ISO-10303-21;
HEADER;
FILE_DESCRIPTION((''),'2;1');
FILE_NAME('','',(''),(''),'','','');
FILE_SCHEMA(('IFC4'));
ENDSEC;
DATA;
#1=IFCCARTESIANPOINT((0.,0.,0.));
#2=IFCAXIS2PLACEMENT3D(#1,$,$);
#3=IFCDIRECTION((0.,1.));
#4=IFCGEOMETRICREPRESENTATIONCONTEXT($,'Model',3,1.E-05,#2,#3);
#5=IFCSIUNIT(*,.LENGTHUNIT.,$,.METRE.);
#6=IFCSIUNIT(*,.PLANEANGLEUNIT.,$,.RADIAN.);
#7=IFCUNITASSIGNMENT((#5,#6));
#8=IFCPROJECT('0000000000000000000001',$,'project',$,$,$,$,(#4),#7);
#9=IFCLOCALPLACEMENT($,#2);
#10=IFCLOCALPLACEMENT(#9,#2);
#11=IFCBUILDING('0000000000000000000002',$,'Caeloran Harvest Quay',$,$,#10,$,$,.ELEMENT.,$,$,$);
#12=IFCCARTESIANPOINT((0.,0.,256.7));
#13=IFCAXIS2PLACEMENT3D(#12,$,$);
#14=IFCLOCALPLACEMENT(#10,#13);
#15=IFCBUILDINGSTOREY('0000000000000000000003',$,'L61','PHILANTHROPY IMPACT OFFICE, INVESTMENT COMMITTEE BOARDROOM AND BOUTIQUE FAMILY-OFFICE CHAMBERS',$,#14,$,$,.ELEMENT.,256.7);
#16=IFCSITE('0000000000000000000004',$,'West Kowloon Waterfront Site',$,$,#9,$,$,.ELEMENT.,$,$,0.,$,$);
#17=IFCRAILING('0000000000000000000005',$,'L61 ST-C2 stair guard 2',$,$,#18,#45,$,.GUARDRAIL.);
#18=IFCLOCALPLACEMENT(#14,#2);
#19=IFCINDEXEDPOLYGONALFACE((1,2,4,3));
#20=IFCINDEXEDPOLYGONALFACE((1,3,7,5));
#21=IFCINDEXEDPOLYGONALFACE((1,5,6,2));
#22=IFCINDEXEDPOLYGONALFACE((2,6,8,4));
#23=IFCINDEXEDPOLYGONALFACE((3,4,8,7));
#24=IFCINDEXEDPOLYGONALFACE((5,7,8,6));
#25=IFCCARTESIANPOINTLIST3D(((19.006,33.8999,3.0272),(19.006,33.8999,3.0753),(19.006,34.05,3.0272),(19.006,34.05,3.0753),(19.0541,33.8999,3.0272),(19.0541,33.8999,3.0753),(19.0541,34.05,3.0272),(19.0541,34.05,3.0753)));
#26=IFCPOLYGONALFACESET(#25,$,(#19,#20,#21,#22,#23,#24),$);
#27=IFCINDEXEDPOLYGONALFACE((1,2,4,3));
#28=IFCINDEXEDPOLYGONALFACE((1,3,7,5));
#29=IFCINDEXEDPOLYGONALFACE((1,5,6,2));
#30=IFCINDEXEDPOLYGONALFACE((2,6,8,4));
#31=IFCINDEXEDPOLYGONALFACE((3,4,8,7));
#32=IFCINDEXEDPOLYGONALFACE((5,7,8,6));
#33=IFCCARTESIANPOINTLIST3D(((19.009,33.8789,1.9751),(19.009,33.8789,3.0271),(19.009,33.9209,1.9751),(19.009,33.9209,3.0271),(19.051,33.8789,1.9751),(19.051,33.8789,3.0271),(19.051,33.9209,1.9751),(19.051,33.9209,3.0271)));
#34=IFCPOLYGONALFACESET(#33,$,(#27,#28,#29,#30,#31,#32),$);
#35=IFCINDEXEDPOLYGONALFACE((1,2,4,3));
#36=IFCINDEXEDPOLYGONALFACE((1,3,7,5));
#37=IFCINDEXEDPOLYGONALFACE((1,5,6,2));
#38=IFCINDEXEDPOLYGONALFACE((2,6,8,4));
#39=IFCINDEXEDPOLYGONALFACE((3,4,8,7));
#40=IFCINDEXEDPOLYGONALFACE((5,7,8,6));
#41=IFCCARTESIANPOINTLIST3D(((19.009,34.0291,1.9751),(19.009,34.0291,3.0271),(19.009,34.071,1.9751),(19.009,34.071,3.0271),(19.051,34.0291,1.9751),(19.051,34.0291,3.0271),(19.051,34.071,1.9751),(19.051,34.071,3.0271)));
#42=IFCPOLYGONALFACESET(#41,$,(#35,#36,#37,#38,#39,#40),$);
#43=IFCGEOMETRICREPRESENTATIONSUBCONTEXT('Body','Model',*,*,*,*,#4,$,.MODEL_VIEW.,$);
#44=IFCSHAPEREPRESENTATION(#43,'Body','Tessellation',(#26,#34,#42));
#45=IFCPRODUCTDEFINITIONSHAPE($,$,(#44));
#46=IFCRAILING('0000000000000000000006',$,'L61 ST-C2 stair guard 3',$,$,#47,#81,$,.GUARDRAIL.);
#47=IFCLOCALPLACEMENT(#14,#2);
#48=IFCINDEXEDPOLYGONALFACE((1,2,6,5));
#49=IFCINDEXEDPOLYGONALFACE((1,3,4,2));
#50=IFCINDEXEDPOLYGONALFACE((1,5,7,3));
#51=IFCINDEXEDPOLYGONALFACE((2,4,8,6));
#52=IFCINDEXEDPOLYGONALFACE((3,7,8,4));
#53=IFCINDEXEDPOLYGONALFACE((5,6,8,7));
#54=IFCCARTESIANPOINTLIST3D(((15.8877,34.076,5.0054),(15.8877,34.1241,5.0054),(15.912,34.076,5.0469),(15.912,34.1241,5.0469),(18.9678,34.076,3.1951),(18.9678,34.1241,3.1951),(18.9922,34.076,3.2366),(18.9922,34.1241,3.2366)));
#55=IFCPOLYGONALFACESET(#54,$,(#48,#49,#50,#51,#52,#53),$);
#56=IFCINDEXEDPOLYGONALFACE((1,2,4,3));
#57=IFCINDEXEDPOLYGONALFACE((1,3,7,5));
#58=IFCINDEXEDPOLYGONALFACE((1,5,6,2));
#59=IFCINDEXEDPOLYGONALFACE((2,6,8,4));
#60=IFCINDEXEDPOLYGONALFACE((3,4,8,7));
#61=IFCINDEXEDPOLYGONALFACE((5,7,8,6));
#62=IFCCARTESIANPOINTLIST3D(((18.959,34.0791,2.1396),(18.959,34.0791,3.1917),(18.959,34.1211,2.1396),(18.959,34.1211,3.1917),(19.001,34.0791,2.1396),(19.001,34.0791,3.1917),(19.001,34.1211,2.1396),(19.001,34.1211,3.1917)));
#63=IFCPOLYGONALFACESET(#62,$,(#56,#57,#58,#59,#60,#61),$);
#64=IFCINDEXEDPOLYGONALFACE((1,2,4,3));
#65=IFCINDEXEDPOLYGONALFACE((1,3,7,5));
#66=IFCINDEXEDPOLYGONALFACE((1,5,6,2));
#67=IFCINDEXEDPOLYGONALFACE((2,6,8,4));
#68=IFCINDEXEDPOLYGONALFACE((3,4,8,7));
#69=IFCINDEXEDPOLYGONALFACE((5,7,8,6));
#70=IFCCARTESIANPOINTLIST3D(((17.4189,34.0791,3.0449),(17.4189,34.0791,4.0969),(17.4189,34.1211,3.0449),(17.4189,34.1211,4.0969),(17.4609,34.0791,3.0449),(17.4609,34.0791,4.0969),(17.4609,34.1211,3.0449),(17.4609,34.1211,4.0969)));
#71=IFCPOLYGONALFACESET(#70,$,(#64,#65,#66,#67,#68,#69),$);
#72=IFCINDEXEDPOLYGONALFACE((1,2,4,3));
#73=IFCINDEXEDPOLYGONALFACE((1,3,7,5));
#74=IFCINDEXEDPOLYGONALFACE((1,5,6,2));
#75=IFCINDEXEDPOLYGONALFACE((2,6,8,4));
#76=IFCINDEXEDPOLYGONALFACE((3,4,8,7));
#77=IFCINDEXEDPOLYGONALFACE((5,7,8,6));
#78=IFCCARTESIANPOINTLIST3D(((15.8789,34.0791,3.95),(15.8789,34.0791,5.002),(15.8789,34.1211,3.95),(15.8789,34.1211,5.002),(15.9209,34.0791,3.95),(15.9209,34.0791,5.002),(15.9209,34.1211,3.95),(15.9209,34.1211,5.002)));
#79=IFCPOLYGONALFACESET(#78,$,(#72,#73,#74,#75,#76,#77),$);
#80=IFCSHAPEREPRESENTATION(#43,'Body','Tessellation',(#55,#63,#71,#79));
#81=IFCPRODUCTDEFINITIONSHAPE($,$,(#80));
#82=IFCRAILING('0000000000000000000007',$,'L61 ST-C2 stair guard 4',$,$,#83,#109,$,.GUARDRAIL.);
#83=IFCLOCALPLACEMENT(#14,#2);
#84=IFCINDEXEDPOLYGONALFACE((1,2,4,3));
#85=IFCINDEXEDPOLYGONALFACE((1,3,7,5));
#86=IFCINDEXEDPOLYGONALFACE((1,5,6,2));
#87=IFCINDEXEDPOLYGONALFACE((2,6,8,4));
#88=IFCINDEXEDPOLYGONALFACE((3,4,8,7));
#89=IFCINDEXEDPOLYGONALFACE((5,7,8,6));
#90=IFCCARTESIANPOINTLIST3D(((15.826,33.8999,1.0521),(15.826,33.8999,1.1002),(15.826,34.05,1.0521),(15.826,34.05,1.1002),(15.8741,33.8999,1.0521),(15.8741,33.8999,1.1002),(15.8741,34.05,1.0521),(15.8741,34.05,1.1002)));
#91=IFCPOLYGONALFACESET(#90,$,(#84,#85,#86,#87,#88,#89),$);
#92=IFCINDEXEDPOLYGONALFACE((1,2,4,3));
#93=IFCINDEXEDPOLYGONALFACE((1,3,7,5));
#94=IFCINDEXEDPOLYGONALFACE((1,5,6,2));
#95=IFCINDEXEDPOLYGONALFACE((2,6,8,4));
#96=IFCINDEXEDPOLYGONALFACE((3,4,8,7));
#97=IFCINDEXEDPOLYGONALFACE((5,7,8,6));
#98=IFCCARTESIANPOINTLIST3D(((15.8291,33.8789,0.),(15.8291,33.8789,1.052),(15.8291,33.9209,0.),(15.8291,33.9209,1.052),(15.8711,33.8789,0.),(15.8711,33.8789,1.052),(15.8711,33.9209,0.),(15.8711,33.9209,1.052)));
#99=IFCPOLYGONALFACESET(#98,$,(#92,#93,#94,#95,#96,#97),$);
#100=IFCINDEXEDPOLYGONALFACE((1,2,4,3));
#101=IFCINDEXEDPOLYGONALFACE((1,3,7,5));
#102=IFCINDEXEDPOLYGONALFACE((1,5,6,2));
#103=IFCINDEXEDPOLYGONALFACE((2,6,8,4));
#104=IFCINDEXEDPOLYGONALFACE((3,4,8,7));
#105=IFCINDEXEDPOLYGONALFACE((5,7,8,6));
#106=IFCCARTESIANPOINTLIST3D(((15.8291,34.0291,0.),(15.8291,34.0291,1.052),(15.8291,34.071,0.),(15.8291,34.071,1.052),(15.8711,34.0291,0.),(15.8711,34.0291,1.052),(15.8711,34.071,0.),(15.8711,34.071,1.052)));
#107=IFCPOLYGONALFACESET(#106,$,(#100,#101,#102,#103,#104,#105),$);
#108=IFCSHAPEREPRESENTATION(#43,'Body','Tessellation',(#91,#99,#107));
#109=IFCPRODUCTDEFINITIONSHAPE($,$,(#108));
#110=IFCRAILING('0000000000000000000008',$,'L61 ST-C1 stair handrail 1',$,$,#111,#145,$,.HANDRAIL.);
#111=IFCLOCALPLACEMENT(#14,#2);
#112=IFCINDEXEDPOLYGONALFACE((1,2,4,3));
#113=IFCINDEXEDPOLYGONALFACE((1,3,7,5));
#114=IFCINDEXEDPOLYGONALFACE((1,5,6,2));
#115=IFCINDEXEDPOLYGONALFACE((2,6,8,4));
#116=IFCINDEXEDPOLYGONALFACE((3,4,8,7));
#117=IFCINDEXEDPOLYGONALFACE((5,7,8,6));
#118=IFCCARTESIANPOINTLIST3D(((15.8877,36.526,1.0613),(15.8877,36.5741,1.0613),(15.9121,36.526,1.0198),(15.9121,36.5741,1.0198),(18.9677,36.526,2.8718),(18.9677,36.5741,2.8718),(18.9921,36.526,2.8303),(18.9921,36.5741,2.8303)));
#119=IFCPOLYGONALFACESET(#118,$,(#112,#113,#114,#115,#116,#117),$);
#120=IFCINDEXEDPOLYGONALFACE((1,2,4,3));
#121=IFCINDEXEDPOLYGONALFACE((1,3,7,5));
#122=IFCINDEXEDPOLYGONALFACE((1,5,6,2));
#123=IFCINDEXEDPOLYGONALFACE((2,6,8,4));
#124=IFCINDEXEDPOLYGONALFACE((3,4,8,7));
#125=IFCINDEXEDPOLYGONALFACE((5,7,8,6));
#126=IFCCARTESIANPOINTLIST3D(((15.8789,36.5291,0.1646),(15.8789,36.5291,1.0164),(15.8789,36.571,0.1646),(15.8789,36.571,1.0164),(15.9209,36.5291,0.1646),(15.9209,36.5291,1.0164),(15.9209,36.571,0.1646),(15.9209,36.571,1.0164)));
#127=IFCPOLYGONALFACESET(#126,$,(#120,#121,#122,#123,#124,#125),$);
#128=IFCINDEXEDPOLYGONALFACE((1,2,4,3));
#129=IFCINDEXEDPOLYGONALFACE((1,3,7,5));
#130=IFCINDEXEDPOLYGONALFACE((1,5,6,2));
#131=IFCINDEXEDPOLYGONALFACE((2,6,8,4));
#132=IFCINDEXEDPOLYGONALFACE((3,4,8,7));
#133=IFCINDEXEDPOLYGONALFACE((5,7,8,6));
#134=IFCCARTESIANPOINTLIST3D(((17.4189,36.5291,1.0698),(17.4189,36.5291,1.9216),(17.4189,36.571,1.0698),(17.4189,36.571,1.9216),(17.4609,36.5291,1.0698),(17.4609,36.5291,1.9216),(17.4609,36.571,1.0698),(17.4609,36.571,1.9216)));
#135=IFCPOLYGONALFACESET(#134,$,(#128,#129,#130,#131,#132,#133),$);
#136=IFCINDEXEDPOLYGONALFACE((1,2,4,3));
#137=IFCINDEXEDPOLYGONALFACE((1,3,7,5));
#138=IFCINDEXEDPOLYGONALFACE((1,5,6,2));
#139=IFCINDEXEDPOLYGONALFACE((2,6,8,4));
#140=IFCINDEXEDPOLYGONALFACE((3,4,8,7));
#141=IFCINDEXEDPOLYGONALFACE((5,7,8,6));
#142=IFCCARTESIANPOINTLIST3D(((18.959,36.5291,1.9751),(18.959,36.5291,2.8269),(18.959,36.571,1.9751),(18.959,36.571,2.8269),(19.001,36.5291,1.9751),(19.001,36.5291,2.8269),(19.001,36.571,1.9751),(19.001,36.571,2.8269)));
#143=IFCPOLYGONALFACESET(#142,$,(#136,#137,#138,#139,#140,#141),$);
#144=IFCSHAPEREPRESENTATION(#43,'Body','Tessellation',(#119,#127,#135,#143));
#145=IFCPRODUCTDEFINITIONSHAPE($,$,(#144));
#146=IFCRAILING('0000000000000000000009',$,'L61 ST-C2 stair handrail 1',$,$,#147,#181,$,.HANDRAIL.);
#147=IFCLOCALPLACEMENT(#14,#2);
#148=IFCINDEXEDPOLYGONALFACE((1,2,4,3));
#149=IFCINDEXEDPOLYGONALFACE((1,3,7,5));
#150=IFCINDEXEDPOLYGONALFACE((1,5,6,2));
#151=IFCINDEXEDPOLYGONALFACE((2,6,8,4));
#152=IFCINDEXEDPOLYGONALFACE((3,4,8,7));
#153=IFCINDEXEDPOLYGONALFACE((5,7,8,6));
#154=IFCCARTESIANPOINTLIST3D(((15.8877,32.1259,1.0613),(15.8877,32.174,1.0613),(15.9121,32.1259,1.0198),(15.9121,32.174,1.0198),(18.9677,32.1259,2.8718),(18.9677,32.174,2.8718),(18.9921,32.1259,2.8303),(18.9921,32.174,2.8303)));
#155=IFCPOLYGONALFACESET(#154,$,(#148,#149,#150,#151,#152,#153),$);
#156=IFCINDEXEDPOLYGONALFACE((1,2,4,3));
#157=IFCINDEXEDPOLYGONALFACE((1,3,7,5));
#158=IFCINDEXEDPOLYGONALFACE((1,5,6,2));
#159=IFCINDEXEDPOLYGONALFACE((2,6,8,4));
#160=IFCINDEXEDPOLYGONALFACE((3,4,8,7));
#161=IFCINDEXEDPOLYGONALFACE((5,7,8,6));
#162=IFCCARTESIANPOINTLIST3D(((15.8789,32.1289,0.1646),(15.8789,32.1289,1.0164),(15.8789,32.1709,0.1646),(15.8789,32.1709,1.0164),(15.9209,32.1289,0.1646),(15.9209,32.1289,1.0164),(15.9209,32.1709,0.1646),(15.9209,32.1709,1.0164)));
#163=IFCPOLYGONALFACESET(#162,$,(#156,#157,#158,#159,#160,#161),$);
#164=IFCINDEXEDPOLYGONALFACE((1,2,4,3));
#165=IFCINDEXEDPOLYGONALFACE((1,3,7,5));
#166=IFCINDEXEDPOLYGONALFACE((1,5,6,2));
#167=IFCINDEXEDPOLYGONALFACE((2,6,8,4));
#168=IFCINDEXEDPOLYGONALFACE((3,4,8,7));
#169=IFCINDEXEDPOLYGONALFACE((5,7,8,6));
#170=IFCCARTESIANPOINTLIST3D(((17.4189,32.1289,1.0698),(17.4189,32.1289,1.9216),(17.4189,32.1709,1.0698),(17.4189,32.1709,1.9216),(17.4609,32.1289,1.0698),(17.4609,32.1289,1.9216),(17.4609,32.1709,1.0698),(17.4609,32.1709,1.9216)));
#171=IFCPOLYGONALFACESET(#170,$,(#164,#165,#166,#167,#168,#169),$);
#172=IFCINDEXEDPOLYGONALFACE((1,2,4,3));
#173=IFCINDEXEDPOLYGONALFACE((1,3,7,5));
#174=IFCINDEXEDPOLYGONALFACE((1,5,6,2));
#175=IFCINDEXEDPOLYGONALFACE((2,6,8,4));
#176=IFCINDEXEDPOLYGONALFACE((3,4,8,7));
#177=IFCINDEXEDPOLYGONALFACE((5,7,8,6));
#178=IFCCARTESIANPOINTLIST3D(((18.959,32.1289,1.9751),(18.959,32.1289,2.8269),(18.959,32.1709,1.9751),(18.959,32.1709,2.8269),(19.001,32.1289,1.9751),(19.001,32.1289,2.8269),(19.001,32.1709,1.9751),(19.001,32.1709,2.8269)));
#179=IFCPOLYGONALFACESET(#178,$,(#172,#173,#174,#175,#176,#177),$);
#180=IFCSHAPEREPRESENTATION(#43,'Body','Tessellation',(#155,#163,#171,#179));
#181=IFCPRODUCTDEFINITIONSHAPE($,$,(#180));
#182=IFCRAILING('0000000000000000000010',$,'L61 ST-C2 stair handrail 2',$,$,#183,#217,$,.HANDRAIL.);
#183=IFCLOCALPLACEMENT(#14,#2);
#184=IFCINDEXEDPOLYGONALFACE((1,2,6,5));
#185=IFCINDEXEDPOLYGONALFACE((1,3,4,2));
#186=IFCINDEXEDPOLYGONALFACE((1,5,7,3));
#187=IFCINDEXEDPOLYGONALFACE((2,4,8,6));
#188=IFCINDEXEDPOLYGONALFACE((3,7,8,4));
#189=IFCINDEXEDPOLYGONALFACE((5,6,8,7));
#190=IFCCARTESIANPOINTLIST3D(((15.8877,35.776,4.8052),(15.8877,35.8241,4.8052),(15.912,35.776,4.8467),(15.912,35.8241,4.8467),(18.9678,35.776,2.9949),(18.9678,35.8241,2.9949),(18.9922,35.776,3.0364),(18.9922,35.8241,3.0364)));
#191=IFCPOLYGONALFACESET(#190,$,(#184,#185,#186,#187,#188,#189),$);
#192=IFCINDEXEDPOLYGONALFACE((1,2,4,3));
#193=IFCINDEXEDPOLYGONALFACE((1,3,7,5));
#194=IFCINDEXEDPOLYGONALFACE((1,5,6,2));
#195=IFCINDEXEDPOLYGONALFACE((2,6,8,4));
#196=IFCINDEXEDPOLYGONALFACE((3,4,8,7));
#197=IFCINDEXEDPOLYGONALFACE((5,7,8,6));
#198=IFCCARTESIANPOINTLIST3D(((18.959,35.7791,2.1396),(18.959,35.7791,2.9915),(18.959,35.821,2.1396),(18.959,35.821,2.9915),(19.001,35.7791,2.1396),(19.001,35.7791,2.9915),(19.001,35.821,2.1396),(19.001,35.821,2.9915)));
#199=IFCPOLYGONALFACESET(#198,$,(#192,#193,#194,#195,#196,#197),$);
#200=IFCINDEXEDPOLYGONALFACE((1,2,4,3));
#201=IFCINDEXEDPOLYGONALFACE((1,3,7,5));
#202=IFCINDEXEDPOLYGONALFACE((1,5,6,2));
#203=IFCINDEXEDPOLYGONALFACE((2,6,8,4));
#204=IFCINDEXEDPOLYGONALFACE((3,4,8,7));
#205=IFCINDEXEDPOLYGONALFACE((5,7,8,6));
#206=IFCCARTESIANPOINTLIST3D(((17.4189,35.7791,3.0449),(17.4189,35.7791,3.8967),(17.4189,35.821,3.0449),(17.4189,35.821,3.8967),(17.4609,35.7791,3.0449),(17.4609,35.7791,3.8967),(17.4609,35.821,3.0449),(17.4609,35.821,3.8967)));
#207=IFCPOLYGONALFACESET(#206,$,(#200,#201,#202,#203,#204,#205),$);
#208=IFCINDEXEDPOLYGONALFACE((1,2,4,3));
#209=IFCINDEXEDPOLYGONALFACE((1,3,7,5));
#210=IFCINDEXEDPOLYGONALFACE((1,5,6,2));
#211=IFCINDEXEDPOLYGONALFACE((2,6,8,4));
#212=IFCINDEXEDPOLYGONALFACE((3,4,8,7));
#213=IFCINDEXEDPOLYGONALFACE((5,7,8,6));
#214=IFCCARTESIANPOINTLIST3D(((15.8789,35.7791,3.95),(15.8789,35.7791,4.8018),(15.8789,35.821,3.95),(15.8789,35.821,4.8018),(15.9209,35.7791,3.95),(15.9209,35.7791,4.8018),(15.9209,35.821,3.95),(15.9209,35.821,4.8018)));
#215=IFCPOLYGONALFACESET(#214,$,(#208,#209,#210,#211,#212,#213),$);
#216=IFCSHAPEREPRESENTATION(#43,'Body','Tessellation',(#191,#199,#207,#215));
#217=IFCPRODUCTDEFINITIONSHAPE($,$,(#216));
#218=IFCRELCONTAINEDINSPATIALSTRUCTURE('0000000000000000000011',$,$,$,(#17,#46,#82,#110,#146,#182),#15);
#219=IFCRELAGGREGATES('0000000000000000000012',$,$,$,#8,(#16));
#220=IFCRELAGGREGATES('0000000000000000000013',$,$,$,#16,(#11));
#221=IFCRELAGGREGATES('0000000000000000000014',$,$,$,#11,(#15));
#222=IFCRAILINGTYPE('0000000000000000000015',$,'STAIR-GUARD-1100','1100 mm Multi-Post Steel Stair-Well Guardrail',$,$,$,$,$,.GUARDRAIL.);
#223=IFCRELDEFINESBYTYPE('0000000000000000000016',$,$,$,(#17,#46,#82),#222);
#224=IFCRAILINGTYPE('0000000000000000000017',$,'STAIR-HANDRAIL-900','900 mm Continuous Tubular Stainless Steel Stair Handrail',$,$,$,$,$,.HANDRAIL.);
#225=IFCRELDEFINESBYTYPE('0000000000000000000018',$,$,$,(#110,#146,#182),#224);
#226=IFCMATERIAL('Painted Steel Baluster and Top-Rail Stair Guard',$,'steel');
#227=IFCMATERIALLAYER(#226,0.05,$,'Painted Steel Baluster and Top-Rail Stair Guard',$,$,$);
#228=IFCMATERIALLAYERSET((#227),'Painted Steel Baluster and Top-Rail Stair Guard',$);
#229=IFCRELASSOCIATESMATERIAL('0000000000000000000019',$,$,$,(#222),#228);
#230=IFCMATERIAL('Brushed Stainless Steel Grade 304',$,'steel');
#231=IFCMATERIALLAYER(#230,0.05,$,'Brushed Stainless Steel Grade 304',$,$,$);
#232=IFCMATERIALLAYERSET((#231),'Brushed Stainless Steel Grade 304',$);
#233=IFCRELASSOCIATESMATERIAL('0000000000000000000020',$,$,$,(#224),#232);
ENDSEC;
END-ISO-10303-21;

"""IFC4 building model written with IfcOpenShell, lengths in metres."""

from ifc_helpers import new_model, si_unit, direction, frame, origin, origin_2d, place, context, subcontext, project, spatial, rectangle, extrude, material, layer, layer_set, type_object, element, save


model = new_model("IFC4")

# Units and contexts
model_context = context("Model", 3, precision=1e-05, world=origin(), true_north=direction((0.0, 1.0)))
body_context = subcontext(model_context, "Body", "Model", "MODEL_VIEW")
ifc_project = project(units=[si_unit("LENGTHUNIT", "METRE"), si_unit("PLANEANGLEUNIT", "RADIAN")], contexts=[model_context])

# Site, building, storey
site_placement = place(None, origin())
site = spatial("IfcSite", under=ifc_project, at=site_placement, Name="West Kowloon Waterfront Site", CompositionType="ELEMENT", RefElevation=0.0)
building_placement = place(site_placement, origin())
building = spatial("IfcBuilding", under=site, at=building_placement, Name="Caeloran Harvest Quay", CompositionType="ELEMENT")
storey_placement = place(building_placement, frame((0.0, 0.0, 256.7)))
storey = spatial("IfcBuildingStorey", under=building, at=storey_placement, Name="L61", Description="PHILANTHROPY IMPACT OFFICE, INVESTMENT COMMITTEE BOARDROOM AND BOUTIQUE FAMILY-OFFICE CHAMBERS", CompositionType="ELEMENT", Elevation=256.7)

# Railings
ifc_material_1 = material(Name="Painted Steel Baluster and Top-Rail Stair Guard", Category="steel")
ifc_layer_1 = layer(ifc_material_1, 0.05, Name="Painted Steel Baluster and Top-Rail Stair Guard")
ifc_layer_set_1 = layer_set([ifc_layer_1], Name="Painted Steel Baluster and Top-Rail Stair Guard")
railing_type_1 = type_object("IfcRailingType", Name="STAIR-GUARD-1100", Description="1100 mm Multi-Post Steel Stair-Well Guardrail", PredefinedType="GUARDRAIL", material=ifc_layer_set_1)
railing_1_placement = place(storey_placement, frame((19.03, 33.8999, 1.9751)))
element("IfcRailing", 1, at=railing_1_placement, inside=storey, type_object=railing_type_1, Name="L61 ST-C2 stair guard 2", PredefinedType="GUARDRAIL", context=body_context, shape_type="SweptSolid", body=[
    extrude(rectangle(XDim=0.0481, YDim=0.0481, at=origin_2d()), frame((0.0, 0.0, 1.0762), z_axis=(0.0, 1.0, 0.0), x_axis=(-1.0, 0.0, 0.0)), (0.0, 0.0, 1.0), 0.1501),
    extrude(rectangle(XDim=0.042, YDim=0.042, at=origin_2d()), origin(), (0.0, 0.0, 1.0), 1.052),
    extrude(rectangle(XDim=0.042, YDim=0.042, at=origin_2d()), frame((0.0, 0.1501, 0.0)), (0.0, 0.0, 1.0), 1.052),
])
railing_2_placement = place(storey_placement, frame((18.98, 34.1001, 2.1396)))
element("IfcRailing", 2, at=railing_2_placement, inside=storey, type_object=railing_type_1, Name="L61 ST-C2 stair guard 3", PredefinedType="GUARDRAIL", context=body_context, shape_type="SweptSolid", body=[
    extrude(rectangle(XDim=0.0481, YDim=0.0481, at=origin_2d()), frame((0.0, 0.0, 1.0762), z_axis=(-0.862119, 0.0, 0.506707), x_axis=(0.0, -1.0, 0.0)), (0.0, 0.0, 1.0), 3.5728),
    extrude(rectangle(XDim=0.042, YDim=0.042, at=origin_2d()), origin(), (0.0, 0.0, 1.0), 1.052),
    extrude(rectangle(XDim=0.042, YDim=0.042, at=origin_2d()), frame((-1.54, 0.0, 0.9053)), (0.0, 0.0, 1.0), 1.052),
    extrude(rectangle(XDim=0.042, YDim=0.042, at=origin_2d()), frame((-3.0801, 0.0, 1.8103)), (0.0, 0.0, 1.0), 1.052),
])
railing_3_placement = place(storey_placement, frame((15.8501, 33.8999, 0.0)))
element("IfcRailing", 3, at=railing_3_placement, inside=storey, type_object=railing_type_1, Name="L61 ST-C2 stair guard 4", PredefinedType="GUARDRAIL", context=body_context, shape_type="SweptSolid", body=[
    extrude(rectangle(XDim=0.0481, YDim=0.0481, at=origin_2d()), frame((0.0, 0.0, 1.0762), z_axis=(0.0, 1.0, 0.0), x_axis=(-1.0, 0.0, 0.0)), (0.0, 0.0, 1.0), 0.1501),
    extrude(rectangle(XDim=0.042, YDim=0.042, at=origin_2d()), origin(), (0.0, 0.0, 1.0), 1.052),
    extrude(rectangle(XDim=0.042, YDim=0.042, at=origin_2d()), frame((0.0, 0.1501, 0.0)), (0.0, 0.0, 1.0), 1.052),
])
ifc_material_2 = material(Name="Brushed Stainless Steel Grade 304", Category="steel")
ifc_layer_2 = layer(ifc_material_2, 0.05, Name="Brushed Stainless Steel Grade 304")
ifc_layer_set_2 = layer_set([ifc_layer_2], Name="Brushed Stainless Steel Grade 304")
railing_type_2 = type_object("IfcRailingType", Name="STAIR-HANDRAIL-900", Description="900 mm Continuous Tubular Stainless Steel Stair Handrail", PredefinedType="HANDRAIL", material=ifc_layer_set_2)
for number, where, name in (
    (4, (15.8999, 36.55, 0.1646), "L61 ST-C1 stair handrail 1"),
    (5, (15.8999, 32.1499, 0.1646), "L61 ST-C2 stair handrail 1"),
):
    element("IfcRailing", number, at=place(storey_placement, frame(where)), inside=storey, type_object=railing_type_2, Name=name, PredefinedType="HANDRAIL", context=body_context, shape_type="SweptSolid", body=[
        extrude(rectangle(XDim=0.0481, YDim=0.0481, at=origin_2d()), frame((0.0, 0.0, 0.876), z_axis=(0.862089, 0.0, 0.506757), x_axis=(0.0, 1.0, 0.0)), (0.0, 0.0, 1.0), 3.5728),
        extrude(rectangle(XDim=0.042, YDim=0.042, at=origin_2d()), origin(), (0.0, 0.0, 1.0), 0.8518),
        extrude(rectangle(XDim=0.042, YDim=0.042, at=origin_2d()), frame((1.54, 0.0, 0.9053)), (0.0, 0.0, 1.0), 0.8518),
        extrude(rectangle(XDim=0.042, YDim=0.042, at=origin_2d()), frame((3.0801, 0.0, 1.8105)), (0.0, 0.0, 1.0), 0.8518),
    ])
railing_4_placement = place(storey_placement, frame((18.98, 35.8, 2.1396)))
element("IfcRailing", 6, at=railing_4_placement, inside=storey, type_object=railing_type_2, Name="L61 ST-C2 stair handrail 2", PredefinedType="HANDRAIL", context=body_context, shape_type="SweptSolid", body=[
    extrude(rectangle(XDim=0.0481, YDim=0.0481, at=origin_2d()), frame((0.0, 0.0, 0.876), z_axis=(-0.862119, 0.0, 0.506707), x_axis=(0.0, -1.0, 0.0)), (0.0, 0.0, 1.0), 3.5728),
    extrude(rectangle(XDim=0.042, YDim=0.042, at=origin_2d()), origin(), (0.0, 0.0, 1.0), 0.8518),
    extrude(rectangle(XDim=0.042, YDim=0.042, at=origin_2d()), frame((-1.54, 0.0, 0.9053)), (0.0, 0.0, 1.0), 0.8518),
    extrude(rectangle(XDim=0.042, YDim=0.042, at=origin_2d()), frame((-3.0801, 0.0, 1.8103)), (0.0, 0.0, 1.0), 0.8518),
])

save(model, "model.ifc")
